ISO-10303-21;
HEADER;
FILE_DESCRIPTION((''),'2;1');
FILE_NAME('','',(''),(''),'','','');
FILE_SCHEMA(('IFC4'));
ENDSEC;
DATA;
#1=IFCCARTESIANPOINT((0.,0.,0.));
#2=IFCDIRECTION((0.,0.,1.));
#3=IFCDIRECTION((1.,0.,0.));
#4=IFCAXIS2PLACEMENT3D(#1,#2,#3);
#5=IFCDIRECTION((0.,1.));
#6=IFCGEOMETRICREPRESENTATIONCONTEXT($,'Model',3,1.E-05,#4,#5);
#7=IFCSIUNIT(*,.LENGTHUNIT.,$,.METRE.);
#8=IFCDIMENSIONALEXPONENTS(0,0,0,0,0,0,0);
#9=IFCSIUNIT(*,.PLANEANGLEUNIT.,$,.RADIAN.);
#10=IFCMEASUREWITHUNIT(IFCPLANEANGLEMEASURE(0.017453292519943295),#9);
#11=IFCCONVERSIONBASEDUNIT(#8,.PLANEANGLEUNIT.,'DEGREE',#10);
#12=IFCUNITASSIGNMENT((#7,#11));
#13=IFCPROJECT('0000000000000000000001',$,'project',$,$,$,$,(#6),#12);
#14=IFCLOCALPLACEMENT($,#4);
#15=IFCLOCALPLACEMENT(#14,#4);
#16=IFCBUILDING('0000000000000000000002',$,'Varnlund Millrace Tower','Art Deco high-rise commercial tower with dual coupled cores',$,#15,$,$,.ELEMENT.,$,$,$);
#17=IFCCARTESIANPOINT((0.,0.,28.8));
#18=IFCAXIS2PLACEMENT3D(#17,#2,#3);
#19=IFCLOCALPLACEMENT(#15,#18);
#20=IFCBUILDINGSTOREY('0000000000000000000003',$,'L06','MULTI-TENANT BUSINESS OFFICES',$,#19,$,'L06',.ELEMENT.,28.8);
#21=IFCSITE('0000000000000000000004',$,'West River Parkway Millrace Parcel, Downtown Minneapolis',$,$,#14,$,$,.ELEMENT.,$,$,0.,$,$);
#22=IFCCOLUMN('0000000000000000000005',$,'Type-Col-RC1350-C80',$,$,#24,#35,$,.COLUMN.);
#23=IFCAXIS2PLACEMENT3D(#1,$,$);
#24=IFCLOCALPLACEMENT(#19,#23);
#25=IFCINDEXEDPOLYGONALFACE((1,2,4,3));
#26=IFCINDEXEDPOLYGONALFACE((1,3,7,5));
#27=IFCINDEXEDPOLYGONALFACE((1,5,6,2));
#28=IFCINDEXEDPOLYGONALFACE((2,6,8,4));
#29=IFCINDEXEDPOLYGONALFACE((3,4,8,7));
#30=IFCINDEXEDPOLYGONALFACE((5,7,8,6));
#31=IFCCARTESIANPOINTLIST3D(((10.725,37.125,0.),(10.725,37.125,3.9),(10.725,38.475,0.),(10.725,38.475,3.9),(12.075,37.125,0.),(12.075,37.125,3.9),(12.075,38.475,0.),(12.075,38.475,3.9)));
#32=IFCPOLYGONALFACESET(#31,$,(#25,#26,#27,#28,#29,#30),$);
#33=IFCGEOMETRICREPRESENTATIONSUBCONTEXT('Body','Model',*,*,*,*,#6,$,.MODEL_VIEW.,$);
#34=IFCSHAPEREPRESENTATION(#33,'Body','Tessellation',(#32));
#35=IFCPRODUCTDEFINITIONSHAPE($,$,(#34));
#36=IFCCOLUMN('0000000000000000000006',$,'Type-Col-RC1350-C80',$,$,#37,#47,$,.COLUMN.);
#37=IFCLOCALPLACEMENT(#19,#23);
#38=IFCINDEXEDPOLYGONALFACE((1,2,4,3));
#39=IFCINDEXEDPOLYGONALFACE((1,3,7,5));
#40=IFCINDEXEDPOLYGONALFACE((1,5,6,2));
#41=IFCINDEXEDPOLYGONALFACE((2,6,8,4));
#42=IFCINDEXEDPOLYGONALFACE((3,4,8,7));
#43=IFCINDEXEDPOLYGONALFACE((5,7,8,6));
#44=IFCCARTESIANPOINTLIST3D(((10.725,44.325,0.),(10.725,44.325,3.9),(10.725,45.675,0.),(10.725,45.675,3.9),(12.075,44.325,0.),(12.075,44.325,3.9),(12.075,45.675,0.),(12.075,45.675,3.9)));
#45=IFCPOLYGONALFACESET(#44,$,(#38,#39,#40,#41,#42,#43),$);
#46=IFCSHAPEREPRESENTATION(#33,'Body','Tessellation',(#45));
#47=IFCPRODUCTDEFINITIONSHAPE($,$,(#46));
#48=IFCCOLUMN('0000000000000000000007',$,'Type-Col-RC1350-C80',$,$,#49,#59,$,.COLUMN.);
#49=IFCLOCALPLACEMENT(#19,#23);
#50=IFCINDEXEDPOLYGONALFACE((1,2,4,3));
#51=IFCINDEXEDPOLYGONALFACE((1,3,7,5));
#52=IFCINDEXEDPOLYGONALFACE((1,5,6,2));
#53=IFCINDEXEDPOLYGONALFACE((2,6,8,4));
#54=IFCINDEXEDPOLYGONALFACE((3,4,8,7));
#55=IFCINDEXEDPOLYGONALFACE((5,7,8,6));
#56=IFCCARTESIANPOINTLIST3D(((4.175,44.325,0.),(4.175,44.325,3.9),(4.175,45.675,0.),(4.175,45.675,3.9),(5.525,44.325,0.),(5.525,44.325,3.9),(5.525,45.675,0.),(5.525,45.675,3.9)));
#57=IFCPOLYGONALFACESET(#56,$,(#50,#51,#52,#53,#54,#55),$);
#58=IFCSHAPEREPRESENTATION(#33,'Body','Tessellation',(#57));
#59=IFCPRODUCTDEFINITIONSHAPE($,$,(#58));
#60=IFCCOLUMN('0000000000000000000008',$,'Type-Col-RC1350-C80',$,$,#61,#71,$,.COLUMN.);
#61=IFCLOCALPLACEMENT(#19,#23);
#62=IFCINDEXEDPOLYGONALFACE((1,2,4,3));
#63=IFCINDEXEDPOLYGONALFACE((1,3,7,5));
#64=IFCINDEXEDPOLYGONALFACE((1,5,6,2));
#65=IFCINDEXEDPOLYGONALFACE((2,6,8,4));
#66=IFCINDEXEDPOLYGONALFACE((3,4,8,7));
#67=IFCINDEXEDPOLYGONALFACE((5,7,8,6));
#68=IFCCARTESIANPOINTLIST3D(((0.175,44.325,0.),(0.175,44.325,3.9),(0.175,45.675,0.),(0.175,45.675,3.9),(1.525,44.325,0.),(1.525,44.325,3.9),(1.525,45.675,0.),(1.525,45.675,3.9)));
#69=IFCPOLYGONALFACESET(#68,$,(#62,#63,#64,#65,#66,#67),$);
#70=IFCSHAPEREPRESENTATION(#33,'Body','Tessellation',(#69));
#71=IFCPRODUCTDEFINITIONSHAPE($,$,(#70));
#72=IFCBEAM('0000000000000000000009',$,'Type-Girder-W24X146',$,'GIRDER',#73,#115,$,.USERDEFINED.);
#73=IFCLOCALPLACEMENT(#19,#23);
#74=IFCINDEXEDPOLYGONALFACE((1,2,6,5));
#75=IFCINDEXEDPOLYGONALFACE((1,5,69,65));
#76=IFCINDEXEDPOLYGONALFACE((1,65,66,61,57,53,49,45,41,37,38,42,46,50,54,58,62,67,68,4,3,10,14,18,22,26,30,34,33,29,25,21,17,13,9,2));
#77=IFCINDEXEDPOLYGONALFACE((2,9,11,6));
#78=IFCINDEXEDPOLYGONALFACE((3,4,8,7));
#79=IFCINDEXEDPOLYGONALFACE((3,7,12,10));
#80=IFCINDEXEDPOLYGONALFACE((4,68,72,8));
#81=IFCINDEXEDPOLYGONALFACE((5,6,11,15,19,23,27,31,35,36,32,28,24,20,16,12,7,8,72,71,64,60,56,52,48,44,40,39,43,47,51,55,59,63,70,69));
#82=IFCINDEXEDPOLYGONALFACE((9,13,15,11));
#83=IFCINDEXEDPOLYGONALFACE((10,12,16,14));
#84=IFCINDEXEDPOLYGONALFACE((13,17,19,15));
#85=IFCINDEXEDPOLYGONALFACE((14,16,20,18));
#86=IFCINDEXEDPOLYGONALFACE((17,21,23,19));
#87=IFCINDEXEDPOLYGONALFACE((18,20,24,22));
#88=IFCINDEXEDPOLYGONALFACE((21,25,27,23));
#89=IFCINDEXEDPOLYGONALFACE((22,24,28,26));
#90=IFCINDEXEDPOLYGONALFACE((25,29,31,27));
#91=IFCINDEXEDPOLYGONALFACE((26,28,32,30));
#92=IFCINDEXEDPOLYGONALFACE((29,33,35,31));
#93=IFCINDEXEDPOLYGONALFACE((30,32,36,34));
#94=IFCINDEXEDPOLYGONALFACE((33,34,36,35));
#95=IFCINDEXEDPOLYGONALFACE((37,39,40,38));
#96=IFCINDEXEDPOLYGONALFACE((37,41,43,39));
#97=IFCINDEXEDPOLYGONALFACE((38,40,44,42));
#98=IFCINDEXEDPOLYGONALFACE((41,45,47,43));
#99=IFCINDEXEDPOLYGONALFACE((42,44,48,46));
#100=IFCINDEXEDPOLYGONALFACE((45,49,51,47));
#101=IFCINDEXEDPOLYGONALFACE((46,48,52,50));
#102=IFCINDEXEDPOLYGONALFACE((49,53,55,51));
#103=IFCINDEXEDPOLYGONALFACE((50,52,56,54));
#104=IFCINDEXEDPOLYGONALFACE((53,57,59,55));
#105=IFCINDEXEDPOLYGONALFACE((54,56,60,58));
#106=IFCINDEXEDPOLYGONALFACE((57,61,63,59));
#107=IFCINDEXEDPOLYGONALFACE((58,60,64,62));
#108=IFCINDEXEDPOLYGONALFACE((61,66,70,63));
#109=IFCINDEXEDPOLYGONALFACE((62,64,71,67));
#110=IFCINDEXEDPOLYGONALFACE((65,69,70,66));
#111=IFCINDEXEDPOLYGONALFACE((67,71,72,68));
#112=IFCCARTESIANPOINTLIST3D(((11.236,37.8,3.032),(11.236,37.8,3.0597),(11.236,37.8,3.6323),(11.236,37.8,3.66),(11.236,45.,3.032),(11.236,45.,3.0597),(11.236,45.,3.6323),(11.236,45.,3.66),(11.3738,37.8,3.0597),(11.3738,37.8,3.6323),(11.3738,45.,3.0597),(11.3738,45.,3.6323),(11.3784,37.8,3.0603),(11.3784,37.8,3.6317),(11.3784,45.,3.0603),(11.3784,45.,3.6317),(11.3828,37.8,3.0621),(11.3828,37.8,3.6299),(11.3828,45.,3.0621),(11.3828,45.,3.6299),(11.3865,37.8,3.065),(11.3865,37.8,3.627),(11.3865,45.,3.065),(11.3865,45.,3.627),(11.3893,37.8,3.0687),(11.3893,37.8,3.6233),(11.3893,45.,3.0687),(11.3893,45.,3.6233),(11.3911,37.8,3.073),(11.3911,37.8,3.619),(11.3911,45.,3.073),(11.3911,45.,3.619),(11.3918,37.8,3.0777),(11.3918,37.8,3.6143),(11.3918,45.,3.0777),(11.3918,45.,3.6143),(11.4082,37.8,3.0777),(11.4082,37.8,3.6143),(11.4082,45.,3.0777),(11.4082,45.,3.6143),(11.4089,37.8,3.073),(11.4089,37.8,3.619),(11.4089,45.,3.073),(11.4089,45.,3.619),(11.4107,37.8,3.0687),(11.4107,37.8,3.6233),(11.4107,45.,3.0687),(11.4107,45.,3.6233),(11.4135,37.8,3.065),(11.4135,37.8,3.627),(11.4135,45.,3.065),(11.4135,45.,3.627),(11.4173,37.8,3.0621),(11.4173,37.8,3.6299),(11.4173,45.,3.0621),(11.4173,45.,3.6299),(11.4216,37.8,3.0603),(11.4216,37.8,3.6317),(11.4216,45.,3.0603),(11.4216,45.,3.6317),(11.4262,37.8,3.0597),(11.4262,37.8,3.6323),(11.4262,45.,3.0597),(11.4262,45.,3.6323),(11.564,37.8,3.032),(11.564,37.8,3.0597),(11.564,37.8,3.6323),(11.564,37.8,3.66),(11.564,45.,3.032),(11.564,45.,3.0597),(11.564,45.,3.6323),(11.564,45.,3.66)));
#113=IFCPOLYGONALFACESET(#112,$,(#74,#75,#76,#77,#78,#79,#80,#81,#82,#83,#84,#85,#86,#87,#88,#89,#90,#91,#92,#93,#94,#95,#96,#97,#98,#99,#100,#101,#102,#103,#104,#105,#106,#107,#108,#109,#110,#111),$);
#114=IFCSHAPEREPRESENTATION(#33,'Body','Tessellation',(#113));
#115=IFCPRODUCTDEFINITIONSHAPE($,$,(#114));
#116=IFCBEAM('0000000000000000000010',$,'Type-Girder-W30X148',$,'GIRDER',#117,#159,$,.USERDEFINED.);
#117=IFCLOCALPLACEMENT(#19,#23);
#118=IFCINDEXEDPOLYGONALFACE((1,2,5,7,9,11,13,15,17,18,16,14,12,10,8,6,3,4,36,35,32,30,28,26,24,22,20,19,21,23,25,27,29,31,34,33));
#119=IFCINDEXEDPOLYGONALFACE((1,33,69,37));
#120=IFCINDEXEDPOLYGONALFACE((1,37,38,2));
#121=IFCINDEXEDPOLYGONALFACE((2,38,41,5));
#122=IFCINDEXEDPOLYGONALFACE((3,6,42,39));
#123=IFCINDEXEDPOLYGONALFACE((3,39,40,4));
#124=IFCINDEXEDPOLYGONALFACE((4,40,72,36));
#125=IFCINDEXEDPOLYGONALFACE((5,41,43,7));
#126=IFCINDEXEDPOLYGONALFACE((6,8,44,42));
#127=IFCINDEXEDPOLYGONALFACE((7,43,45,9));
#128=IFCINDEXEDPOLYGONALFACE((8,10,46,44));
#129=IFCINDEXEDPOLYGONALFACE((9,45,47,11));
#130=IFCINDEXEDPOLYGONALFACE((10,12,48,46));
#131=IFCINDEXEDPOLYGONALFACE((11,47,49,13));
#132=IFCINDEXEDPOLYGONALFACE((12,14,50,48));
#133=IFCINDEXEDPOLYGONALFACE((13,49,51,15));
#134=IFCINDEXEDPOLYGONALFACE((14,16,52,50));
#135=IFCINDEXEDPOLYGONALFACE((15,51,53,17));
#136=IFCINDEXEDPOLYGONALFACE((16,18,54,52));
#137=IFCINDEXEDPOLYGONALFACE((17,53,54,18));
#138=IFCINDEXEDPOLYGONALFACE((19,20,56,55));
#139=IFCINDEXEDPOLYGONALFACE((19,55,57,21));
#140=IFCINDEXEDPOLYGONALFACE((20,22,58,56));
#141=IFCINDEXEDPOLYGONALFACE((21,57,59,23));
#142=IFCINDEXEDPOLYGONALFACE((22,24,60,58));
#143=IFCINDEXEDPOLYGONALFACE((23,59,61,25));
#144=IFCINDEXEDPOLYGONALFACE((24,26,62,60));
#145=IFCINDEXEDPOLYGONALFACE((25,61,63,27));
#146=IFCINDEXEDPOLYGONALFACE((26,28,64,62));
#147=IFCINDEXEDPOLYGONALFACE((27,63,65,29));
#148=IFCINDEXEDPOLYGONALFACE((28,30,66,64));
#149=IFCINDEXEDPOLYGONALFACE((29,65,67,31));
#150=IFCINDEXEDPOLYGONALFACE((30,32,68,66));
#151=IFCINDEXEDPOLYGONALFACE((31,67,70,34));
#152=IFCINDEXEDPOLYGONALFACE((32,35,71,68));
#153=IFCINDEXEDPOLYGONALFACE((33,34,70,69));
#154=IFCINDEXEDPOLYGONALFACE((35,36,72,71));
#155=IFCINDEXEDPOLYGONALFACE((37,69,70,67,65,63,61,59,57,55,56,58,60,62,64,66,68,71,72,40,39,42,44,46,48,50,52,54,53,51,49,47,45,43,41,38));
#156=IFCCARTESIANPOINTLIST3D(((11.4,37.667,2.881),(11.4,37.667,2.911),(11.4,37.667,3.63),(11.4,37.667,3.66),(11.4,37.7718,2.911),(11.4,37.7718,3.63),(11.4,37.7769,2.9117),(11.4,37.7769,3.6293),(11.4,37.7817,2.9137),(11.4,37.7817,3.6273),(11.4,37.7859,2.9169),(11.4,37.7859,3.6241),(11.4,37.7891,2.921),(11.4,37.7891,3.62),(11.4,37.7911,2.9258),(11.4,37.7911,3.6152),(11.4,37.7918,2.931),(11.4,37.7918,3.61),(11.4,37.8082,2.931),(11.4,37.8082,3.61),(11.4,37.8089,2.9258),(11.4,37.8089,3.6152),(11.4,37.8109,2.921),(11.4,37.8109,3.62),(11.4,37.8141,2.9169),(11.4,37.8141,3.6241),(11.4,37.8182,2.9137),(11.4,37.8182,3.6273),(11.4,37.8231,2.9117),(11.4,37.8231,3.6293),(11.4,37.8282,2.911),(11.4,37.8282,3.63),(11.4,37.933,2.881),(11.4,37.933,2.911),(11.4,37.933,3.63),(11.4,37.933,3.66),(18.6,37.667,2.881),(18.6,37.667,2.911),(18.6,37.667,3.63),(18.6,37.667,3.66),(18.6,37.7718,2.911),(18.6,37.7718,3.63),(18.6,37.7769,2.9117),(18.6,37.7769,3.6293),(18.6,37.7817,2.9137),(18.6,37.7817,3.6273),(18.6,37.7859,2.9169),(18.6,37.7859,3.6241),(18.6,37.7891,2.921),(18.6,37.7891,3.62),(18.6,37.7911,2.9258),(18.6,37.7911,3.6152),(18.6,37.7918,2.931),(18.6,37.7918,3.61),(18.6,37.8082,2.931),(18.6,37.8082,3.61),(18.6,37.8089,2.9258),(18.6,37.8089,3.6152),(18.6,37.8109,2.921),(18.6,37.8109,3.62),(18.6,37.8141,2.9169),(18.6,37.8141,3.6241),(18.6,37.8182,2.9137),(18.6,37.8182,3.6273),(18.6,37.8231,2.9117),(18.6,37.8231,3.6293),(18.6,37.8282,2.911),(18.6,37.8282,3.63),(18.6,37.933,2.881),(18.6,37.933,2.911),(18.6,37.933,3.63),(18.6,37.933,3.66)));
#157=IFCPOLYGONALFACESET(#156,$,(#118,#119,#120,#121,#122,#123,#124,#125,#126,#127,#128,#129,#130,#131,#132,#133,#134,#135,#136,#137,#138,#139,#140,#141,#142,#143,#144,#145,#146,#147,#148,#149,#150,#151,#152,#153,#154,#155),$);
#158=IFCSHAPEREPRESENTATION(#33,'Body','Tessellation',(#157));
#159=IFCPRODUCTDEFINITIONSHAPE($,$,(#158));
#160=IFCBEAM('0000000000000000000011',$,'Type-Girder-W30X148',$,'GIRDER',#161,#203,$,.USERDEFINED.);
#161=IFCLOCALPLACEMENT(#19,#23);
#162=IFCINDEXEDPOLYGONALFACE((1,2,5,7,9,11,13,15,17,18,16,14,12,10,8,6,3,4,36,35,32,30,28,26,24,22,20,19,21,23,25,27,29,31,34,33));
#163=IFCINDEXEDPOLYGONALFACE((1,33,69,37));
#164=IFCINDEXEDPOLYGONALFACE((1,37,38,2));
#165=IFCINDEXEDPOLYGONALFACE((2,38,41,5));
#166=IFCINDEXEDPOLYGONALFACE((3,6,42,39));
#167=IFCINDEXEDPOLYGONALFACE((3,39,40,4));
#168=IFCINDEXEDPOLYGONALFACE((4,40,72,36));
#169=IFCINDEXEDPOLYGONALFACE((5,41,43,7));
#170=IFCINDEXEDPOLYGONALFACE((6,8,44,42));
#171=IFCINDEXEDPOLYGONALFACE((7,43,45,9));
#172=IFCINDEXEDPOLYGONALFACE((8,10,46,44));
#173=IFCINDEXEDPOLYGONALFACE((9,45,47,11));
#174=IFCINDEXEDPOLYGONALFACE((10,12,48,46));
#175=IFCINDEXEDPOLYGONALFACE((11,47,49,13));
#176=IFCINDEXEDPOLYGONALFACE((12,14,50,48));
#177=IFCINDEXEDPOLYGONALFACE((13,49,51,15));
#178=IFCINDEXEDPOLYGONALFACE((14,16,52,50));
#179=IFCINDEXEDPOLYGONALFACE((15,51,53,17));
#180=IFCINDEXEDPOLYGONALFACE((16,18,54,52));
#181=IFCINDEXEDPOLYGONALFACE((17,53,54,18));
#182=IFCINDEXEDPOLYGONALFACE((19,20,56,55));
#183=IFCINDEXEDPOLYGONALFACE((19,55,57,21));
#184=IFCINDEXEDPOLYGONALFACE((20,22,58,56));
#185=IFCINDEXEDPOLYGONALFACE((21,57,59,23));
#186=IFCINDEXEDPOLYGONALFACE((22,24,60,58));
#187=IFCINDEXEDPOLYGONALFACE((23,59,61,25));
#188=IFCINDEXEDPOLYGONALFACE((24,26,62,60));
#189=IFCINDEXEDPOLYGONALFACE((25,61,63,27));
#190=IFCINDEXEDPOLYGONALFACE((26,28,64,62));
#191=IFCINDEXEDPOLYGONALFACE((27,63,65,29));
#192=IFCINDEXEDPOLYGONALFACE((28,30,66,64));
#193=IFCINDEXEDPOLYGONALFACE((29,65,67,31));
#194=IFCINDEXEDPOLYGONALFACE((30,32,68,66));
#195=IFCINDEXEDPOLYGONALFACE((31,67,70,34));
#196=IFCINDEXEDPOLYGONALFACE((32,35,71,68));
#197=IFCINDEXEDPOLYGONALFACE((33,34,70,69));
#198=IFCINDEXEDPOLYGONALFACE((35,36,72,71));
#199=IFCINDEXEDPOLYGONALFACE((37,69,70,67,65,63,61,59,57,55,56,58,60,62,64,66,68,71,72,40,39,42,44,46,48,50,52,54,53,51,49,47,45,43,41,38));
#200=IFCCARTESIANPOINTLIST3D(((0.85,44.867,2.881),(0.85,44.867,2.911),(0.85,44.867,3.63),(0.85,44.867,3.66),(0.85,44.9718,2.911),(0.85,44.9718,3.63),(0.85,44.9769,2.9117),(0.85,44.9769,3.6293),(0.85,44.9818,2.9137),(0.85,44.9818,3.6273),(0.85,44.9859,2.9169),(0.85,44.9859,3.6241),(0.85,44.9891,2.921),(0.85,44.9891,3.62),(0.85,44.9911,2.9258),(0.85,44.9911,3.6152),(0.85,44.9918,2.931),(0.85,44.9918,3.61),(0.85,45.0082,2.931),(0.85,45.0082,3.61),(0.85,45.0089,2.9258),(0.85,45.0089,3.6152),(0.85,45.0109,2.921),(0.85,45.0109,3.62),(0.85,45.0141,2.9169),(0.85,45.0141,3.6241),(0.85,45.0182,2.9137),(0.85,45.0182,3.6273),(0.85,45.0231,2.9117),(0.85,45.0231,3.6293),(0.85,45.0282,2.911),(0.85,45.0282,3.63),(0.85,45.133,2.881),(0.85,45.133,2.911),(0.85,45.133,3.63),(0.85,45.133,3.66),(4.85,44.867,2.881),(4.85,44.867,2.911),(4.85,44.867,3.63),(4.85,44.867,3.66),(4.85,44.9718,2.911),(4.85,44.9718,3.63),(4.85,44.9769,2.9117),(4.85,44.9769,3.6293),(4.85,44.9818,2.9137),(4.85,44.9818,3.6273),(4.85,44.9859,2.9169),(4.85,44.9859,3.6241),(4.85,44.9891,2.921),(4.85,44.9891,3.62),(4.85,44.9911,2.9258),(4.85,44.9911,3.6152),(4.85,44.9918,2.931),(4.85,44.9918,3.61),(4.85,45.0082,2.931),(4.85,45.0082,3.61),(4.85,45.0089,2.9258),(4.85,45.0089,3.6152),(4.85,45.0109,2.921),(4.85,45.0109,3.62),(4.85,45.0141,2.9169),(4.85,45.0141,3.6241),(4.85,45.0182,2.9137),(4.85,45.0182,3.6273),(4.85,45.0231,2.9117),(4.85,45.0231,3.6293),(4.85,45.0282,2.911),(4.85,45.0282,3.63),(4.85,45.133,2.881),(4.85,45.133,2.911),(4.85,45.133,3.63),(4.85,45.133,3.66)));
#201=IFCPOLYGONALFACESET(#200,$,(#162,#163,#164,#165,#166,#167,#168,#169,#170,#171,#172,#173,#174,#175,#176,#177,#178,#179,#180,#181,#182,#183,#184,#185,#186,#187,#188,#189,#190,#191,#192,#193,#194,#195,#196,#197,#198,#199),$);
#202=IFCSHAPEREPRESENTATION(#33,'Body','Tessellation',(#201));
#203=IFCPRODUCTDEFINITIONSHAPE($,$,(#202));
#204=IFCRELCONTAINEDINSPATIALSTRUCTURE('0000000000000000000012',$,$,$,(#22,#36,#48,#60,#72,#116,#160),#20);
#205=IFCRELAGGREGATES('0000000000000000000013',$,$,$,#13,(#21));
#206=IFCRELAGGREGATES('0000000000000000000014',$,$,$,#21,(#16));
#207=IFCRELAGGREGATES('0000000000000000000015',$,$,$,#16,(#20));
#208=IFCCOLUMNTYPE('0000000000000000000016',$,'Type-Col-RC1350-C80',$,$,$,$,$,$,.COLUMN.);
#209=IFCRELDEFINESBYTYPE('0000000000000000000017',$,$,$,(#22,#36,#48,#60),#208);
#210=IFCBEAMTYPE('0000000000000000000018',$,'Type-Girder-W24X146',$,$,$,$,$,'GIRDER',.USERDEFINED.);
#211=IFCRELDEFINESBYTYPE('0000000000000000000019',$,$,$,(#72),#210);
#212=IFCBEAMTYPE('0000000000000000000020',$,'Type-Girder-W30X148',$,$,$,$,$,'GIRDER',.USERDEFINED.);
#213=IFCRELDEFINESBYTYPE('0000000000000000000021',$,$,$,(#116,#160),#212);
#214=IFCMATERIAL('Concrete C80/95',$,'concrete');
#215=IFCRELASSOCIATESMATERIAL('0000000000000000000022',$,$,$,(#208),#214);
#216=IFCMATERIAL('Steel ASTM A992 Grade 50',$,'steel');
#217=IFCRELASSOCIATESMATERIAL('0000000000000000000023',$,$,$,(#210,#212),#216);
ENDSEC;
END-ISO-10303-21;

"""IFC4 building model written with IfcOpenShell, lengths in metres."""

from ifc_helpers import new_model, entity, si_unit, converted_unit, direction, frame, origin_with_axes, origin_2d_with_axis, place, context, subcontext, project, spatial, rectangle, i_section, extrude, material, material_profile, profile_set, type_object, element, save


model = new_model("IFC4")

# Units and contexts
model_context = context("Model", 3, precision=1e-05, world=origin_with_axes(), true_north=direction((0.0, 1.0)))
body_context = subcontext(model_context, "Body", "Model", "MODEL_VIEW")
ifc_project = project(units=[si_unit("LENGTHUNIT", "METRE"), converted_unit("PLANEANGLEUNIT", "DEGREE", entity("IfcPlaneAngleMeasure", 0.017453292519943295), si_unit("PLANEANGLEUNIT", "RADIAN"), dimensions=[0, 0, 0, 0, 0, 0, 0])], contexts=[model_context])

# Site, building, storey
site_placement = place(None, origin_with_axes())
site = spatial("IfcSite", under=ifc_project, at=site_placement, Name="West River Parkway Millrace Parcel, Downtown Minneapolis", CompositionType="ELEMENT", RefElevation=0.0)
building_placement = place(site_placement, origin_with_axes())
building = spatial("IfcBuilding", under=site, at=building_placement, Name="Varnlund Millrace Tower", Description="Art Deco high-rise commercial tower with dual coupled cores", CompositionType="ELEMENT")
storey_placement = place(building_placement, frame((0.0, 0.0, 28.8), z_axis=(0.0, 0.0, 1.0), x_axis=(1.0, 0.0, 0.0)))
storey = spatial("IfcBuildingStorey", under=building, at=storey_placement, Name="L06", Description="MULTI-TENANT BUSINESS OFFICES", LongName="L06", CompositionType="ELEMENT", Elevation=28.8)

# Columns
ifc_material_1 = material(Name="Concrete C80/95", Category="concrete")
ifc_material_profile_1 = material_profile(ifc_material_1, rectangle(XDim=1.35, YDim=1.35, at=origin_2d_with_axis()), Name="Concrete C80/95")
ifc_profile_set_1 = profile_set([ifc_material_profile_1], Name="Concrete C80/95")
column_type = type_object("IfcColumnType", Name="Type-Col-RC1350-C80", PredefinedType="COLUMN", material=ifc_profile_set_1)
for number, where, z_axis, x_axis, name in (
    (1, (11.4, 37.8, 0.0), (0.0, 0.0, 1.0), (1.0, 0.0, 0.0), "Type-Col-RC1350-C80"),
    (2, (11.4, 45.0, 0.0), (0.0, 0.0, 1.0), (1.0, 0.0, 0.0), "Type-Col-RC1350-C80"),
    (3, (4.85, 45.0, 0.0), (0.0, 0.0, 1.0), (1.0, 0.0, 0.0), "Type-Col-RC1350-C80"),
    (4, (0.85, 45.0, 0.0), (0.0, 0.0, 1.0), (1.0, 0.0, 0.0), "Type-Col-RC1350-C80"),
):
    element("IfcColumn", number, at=place(storey_placement, frame(where, z_axis=z_axis, x_axis=x_axis)), inside=storey, type_object=column_type, Name=name, PredefinedType="COLUMN", context=body_context, shape_type="SweptSolid", body=[
        extrude(rectangle(XDim=1.35, YDim=1.35, at=origin_2d_with_axis()), origin_with_axes(), (0.0, 0.0, 1.0), 3.9),
    ])

# Beams
ifc_material_2 = material(Name="Steel ASTM A992 Grade 50", Category="steel")
ifc_material_profile_2 = material_profile(ifc_material_2, i_section(OverallWidth=0.328, OverallDepth=0.628, WebThickness=0.0165, FlangeThickness=0.0277, FilletRadius=0.018, at=origin_2d_with_axis()), Name="Steel ASTM A992 Grade 50")
ifc_profile_set_2 = profile_set([ifc_material_profile_2], Name="Steel ASTM A992 Grade 50")
beam_type_1 = type_object("IfcBeamType", Name="Type-Girder-W24X146", ElementType="GIRDER", PredefinedType="USERDEFINED", material=ifc_profile_set_2)
beam_1_placement = place(storey_placement, frame((11.4, 37.8, 3.346), z_axis=(0.0, 1.0, 0.0), x_axis=(-1.0, 0.0, 0.0)))
element("IfcBeam", 5, at=beam_1_placement, inside=storey, type_object=beam_type_1, Name="Type-Girder-W24X146", ObjectType="GIRDER", PredefinedType="USERDEFINED", context=body_context, shape_type="SweptSolid", body=[
    extrude(i_section(OverallWidth=0.328, OverallDepth=0.628, WebThickness=0.0165, FlangeThickness=0.0277, FilletRadius=0.018, at=origin_2d_with_axis()), origin_with_axes(), (0.0, 0.0, 1.0), 7.2),
])
ifc_material_profile_3 = material_profile(ifc_material_2, i_section(OverallWidth=0.266, OverallDepth=0.779, WebThickness=0.0165, FlangeThickness=0.03, FilletRadius=0.02, at=origin_2d_with_axis()), Name="Steel ASTM A992 Grade 50")
ifc_profile_set_3 = profile_set([ifc_material_profile_3], Name="Steel ASTM A992 Grade 50")
beam_type_2 = type_object("IfcBeamType", Name="Type-Girder-W30X148", ElementType="GIRDER", PredefinedType="USERDEFINED", material=ifc_profile_set_3)
beam_2_placement = place(storey_placement, frame((11.4, 37.8, 3.2705), z_axis=(1.0, 0.0, 0.0), x_axis=(0.0, 1.0, 0.0)))
element("IfcBeam", 6, at=beam_2_placement, inside=storey, type_object=beam_type_2, Name="Type-Girder-W30X148", ObjectType="GIRDER", PredefinedType="USERDEFINED", context=body_context, shape_type="SweptSolid", body=[
    extrude(i_section(OverallWidth=0.266, OverallDepth=0.779, WebThickness=0.0165, FlangeThickness=0.03, FilletRadius=0.02, at=origin_2d_with_axis()), origin_with_axes(), (0.0, 0.0, 1.0), 7.2),
])
beam_3_placement = place(storey_placement, frame((0.85, 45.0, 3.2705), z_axis=(1.0, 0.0, 0.0), x_axis=(0.0, 1.0, 0.0)))
element("IfcBeam", 7, at=beam_3_placement, inside=storey, type_object=beam_type_2, Name="Type-Girder-W30X148", ObjectType="GIRDER", PredefinedType="USERDEFINED", context=body_context, shape_type="SweptSolid", body=[
    extrude(i_section(OverallWidth=0.266, OverallDepth=0.779, WebThickness=0.0165, FlangeThickness=0.03, FilletRadius=0.02, at=origin_2d_with_axis()), origin_with_axes(), (0.0, 0.0, 1.0), 4.0),
])

save(model, "model.ifc")
